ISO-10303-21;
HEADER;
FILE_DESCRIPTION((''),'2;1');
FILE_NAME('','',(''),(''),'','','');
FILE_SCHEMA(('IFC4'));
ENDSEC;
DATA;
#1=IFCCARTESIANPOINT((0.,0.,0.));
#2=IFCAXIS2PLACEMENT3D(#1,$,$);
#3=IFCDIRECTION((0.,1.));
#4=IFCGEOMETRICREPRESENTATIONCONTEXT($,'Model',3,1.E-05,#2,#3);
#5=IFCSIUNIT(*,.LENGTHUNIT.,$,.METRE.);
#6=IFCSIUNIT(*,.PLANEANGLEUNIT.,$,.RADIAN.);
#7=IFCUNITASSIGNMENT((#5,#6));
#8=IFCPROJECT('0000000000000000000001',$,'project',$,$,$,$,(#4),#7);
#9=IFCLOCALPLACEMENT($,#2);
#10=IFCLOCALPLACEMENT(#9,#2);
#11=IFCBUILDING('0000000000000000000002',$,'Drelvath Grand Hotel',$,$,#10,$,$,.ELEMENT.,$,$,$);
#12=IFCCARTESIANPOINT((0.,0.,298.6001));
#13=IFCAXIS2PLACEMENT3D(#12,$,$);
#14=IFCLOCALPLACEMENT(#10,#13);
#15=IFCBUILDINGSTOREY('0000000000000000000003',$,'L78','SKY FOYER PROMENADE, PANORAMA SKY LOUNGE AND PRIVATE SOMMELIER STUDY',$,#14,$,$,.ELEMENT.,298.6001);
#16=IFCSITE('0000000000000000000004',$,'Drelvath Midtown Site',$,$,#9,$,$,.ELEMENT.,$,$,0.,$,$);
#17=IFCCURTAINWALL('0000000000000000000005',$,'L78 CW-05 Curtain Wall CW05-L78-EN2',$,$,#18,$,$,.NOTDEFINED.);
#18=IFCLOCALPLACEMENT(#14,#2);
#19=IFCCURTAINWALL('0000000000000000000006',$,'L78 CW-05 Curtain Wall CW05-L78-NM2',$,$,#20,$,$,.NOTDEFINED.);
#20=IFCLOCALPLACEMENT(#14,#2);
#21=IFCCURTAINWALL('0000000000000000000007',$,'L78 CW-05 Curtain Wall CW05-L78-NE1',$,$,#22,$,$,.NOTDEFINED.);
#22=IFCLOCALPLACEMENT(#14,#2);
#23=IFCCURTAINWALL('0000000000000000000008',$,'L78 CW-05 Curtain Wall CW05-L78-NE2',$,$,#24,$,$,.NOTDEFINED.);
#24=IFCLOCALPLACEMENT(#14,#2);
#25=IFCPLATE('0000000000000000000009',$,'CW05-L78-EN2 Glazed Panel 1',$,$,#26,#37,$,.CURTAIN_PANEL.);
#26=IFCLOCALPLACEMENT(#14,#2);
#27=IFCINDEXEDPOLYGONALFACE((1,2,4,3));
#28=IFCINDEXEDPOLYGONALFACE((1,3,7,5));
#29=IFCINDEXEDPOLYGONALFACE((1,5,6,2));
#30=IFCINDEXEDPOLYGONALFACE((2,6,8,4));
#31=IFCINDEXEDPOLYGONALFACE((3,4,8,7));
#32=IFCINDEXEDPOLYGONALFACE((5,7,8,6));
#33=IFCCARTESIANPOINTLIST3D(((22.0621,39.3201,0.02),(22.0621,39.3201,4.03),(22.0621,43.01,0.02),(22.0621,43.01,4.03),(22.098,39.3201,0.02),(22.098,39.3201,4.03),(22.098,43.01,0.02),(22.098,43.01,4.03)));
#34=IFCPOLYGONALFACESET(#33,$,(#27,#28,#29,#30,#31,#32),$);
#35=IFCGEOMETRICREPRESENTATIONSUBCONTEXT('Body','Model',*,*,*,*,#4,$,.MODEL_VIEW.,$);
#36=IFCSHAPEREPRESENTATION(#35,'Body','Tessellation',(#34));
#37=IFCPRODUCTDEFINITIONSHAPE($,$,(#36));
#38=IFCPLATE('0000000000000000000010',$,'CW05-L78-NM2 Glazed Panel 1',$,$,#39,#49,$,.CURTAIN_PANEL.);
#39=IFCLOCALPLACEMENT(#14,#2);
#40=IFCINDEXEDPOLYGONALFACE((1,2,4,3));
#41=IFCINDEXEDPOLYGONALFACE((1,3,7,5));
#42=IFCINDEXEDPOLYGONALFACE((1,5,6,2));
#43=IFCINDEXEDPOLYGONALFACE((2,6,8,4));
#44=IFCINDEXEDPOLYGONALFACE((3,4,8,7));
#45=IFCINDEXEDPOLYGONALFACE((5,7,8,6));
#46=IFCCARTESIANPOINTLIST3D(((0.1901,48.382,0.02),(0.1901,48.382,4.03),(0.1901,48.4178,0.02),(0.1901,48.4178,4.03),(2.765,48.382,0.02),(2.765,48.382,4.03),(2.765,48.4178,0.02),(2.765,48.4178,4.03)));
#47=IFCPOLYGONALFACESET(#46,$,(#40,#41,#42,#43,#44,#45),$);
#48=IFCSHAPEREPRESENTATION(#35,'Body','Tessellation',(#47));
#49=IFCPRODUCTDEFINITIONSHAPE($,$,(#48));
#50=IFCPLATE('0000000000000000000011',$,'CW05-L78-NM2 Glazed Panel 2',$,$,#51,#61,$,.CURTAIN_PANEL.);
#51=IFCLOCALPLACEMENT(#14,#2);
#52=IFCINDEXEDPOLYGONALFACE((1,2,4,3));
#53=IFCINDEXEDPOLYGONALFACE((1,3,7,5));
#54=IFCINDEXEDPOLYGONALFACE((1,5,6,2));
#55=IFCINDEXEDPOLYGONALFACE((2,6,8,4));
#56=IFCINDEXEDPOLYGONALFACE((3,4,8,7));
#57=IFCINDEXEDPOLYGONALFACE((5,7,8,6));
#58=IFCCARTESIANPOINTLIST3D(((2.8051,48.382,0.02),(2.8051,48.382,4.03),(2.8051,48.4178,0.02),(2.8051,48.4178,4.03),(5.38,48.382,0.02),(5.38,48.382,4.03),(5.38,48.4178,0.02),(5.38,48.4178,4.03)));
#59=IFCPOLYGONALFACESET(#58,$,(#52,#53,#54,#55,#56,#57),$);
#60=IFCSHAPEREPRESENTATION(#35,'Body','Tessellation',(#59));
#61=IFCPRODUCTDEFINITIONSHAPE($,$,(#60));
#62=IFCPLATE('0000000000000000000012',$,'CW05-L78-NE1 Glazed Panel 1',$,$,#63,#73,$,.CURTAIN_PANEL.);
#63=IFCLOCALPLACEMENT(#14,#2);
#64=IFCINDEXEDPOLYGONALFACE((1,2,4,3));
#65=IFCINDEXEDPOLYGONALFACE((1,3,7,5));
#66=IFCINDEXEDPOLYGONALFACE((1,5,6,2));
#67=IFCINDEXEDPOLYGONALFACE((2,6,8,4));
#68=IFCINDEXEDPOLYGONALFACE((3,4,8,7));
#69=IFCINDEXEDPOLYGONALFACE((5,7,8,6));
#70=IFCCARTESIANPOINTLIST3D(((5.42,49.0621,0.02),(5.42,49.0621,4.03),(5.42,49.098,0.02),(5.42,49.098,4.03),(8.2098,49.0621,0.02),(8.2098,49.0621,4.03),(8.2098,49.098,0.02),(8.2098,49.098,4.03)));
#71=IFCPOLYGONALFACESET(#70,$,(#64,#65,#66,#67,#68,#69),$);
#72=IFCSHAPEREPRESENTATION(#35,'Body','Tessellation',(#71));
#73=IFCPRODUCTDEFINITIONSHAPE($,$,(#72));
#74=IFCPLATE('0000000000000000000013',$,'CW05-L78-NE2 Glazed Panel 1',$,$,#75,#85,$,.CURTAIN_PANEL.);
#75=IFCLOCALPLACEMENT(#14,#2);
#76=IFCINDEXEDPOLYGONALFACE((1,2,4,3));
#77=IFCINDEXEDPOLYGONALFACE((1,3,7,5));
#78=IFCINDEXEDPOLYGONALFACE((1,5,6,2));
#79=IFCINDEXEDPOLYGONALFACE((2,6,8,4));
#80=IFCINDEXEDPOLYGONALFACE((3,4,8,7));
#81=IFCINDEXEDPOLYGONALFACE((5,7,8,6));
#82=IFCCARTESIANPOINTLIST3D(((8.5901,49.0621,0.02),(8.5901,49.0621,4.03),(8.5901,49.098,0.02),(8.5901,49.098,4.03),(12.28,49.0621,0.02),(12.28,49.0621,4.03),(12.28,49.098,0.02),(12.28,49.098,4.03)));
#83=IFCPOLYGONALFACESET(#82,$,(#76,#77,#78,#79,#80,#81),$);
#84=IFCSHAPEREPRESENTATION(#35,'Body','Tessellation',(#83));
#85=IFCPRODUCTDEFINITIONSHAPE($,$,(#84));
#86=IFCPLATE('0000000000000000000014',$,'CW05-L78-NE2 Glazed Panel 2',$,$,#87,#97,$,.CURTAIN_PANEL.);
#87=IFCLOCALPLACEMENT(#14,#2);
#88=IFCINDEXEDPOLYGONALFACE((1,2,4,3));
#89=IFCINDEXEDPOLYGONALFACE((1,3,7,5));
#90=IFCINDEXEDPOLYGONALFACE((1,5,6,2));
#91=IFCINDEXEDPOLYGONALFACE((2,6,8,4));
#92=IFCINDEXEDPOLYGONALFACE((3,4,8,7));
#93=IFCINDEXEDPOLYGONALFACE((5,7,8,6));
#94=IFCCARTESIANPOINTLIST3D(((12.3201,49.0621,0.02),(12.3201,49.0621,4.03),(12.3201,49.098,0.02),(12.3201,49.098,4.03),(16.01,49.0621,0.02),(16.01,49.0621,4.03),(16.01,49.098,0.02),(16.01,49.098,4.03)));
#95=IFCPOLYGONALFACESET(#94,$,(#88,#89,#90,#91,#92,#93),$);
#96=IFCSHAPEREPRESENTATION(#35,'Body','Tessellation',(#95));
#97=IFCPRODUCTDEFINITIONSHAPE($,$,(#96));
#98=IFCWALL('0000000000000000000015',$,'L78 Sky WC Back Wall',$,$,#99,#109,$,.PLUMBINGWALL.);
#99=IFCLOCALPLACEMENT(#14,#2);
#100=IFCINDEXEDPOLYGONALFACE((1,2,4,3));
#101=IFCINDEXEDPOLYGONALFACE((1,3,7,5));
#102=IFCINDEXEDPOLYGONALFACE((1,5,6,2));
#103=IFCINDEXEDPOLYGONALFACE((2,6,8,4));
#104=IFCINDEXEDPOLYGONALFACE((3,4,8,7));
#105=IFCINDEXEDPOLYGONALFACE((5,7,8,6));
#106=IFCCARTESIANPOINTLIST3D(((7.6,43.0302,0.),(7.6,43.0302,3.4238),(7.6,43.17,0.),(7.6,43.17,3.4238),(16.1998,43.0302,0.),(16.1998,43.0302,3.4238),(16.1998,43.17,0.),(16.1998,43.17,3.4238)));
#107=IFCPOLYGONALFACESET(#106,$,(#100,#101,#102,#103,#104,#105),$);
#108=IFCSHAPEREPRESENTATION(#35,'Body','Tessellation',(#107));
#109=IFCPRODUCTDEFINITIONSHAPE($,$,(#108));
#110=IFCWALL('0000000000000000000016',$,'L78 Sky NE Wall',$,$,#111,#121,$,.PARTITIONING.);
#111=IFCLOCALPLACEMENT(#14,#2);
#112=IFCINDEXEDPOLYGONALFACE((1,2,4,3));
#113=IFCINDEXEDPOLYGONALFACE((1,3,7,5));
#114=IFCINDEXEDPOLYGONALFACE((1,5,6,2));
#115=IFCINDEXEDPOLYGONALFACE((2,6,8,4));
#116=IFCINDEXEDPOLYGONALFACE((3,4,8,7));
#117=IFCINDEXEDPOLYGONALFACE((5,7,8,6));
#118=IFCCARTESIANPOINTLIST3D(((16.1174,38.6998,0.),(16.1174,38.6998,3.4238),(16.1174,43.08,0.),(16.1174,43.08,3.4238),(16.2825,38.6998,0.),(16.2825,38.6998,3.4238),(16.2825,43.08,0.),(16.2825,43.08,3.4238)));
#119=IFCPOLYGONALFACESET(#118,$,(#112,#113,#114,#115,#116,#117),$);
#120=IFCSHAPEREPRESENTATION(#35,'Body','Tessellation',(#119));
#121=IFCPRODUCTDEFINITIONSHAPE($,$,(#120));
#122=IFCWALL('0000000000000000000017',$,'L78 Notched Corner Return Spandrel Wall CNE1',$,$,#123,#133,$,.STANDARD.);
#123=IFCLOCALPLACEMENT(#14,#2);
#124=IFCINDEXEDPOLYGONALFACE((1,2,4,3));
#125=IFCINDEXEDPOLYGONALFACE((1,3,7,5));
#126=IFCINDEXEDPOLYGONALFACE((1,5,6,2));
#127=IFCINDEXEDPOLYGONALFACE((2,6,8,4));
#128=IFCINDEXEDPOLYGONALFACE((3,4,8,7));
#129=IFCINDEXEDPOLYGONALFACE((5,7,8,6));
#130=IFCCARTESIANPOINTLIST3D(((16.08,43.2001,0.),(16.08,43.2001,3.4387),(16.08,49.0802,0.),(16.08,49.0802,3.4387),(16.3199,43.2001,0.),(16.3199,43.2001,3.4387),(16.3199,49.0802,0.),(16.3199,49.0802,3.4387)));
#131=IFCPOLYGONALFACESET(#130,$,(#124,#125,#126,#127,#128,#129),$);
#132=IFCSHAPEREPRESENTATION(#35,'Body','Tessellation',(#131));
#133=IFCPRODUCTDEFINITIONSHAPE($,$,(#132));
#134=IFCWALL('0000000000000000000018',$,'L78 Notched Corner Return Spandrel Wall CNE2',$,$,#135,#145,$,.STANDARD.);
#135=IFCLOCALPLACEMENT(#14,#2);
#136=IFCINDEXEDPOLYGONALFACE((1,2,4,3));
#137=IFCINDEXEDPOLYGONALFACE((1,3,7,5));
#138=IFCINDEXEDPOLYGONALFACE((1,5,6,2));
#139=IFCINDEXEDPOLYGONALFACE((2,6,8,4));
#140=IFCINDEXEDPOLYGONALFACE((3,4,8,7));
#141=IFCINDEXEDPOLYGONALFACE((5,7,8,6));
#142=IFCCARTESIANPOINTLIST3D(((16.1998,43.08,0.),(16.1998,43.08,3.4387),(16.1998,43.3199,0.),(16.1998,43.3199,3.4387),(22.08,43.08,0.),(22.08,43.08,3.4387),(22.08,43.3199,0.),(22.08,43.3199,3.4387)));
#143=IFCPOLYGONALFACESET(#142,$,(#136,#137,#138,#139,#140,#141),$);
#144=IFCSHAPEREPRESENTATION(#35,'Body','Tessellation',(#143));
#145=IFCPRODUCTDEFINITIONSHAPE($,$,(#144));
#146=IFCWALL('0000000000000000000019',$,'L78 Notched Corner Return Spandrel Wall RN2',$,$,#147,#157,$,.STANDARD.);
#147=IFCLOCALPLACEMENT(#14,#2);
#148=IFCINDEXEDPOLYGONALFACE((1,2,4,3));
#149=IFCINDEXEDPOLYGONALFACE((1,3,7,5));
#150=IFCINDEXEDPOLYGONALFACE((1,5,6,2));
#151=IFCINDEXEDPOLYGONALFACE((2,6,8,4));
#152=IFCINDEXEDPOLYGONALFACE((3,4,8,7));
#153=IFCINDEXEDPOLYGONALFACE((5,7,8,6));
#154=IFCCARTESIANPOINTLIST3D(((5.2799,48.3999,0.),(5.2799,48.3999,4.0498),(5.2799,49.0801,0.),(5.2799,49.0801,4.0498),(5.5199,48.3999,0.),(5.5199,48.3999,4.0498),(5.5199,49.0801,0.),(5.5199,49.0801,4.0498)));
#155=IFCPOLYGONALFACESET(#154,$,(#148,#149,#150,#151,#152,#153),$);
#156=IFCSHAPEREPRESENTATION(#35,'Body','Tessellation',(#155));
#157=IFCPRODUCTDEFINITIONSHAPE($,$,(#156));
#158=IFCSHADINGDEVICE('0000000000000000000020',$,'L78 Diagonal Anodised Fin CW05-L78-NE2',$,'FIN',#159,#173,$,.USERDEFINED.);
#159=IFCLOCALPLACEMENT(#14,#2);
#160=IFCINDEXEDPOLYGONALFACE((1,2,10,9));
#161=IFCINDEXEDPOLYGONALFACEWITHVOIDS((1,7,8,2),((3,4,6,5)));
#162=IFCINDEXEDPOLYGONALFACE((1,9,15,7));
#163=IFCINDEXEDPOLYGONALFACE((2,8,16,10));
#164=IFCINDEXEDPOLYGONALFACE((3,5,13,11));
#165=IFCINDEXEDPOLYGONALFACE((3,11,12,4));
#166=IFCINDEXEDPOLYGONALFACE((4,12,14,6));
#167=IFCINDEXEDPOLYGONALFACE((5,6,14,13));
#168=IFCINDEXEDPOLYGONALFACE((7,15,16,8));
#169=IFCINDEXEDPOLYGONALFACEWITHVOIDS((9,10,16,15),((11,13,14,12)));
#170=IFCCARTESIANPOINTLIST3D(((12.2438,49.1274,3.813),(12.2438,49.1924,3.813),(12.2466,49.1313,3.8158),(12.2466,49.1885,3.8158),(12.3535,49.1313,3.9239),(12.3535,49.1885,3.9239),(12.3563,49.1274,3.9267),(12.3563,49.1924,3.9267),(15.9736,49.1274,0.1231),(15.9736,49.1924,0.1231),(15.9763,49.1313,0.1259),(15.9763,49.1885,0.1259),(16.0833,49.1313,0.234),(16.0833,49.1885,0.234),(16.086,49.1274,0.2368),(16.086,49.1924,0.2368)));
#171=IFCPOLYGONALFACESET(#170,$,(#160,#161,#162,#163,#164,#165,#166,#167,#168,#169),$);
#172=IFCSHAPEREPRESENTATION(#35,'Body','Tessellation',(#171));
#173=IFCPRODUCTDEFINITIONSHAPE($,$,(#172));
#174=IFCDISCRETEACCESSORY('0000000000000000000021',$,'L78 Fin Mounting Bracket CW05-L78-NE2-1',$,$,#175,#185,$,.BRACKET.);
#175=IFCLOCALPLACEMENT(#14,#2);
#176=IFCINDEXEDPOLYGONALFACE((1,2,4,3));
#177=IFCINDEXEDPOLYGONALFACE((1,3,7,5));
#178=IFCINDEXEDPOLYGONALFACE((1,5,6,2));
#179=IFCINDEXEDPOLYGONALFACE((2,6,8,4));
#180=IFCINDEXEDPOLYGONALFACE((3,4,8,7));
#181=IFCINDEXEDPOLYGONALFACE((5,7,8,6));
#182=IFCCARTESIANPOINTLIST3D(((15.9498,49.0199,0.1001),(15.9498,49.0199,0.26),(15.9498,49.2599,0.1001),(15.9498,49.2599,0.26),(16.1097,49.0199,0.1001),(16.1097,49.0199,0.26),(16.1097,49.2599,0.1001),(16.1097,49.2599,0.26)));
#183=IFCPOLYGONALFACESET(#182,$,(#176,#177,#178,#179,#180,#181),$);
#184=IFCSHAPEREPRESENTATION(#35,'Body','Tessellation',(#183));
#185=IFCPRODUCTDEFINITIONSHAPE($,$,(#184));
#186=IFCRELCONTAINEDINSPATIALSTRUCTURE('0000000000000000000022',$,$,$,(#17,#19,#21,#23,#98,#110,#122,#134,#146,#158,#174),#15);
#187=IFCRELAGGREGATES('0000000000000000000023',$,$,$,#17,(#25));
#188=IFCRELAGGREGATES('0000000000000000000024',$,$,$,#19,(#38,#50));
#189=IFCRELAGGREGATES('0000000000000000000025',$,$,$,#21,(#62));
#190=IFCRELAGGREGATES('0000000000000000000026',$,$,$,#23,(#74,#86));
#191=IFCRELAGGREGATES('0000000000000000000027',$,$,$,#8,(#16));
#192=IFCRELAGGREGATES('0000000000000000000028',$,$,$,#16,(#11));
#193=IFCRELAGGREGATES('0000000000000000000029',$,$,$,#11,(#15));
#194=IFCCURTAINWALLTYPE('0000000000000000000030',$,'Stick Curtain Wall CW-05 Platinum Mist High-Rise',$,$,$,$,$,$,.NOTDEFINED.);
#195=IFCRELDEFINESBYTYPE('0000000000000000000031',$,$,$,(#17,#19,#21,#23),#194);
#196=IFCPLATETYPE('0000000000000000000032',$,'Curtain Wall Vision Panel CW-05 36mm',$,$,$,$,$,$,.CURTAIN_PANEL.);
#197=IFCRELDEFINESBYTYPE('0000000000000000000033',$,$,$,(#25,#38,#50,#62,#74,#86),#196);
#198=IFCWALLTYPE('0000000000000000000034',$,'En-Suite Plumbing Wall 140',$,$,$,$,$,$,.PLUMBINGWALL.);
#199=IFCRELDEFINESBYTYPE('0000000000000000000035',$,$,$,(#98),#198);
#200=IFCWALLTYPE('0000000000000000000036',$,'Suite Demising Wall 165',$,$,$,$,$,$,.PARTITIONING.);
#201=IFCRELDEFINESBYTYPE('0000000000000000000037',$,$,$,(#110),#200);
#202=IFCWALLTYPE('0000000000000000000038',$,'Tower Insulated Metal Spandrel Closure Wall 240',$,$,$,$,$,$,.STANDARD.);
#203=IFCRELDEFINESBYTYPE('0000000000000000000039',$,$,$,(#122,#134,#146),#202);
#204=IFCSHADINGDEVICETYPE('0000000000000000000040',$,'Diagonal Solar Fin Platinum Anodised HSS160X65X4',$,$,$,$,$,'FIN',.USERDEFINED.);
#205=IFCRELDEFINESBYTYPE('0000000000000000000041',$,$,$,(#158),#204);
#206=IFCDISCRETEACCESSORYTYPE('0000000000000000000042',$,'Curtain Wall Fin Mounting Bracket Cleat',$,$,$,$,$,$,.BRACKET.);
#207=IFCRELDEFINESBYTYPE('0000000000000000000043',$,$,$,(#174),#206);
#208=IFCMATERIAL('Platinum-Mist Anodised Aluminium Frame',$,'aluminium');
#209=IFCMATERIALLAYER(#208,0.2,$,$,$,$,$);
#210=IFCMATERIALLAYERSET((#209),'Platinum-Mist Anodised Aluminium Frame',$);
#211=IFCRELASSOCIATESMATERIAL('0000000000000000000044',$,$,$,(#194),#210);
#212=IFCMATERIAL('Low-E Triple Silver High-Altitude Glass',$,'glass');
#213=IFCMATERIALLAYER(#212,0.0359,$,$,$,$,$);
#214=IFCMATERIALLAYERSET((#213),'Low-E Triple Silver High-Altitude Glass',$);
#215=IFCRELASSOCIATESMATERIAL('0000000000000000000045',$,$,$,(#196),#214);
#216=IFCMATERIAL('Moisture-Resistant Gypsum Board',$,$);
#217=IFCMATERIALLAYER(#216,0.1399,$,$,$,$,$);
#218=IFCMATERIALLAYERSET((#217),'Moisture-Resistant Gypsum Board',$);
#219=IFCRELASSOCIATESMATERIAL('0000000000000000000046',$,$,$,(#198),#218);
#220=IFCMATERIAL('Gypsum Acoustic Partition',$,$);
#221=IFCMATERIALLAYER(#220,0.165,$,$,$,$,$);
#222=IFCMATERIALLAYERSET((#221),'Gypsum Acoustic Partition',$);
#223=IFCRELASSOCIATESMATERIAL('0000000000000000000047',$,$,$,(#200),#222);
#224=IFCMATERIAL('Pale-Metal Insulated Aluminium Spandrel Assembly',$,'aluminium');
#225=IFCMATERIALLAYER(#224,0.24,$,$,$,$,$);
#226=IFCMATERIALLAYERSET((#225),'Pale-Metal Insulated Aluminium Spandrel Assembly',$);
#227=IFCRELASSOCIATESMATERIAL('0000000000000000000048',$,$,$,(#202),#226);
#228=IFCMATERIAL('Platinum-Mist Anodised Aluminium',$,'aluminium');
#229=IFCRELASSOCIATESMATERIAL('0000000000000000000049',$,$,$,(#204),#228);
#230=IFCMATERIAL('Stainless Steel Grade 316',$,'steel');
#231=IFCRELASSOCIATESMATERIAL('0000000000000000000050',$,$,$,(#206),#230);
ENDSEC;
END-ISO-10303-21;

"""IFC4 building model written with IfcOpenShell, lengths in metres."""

from ifc_helpers import new_model, si_unit, direction, frame, frame_2d, origin, origin_2d, place, context, subcontext, project, spatial, rectangle, hollow_rectangle, extrude, material, layer, layer_set, material_profile, profile_set, type_object, element, aggregate, save


model = new_model("IFC4")

# Units and contexts
model_context = context("Model", 3, precision=1e-05, world=origin(), true_north=direction((0.0, 1.0)))
body_context = subcontext(model_context, "Body", "Model", "MODEL_VIEW")
ifc_project = project(units=[si_unit("LENGTHUNIT", "METRE"), si_unit("PLANEANGLEUNIT", "RADIAN")], contexts=[model_context])

# Site, building, storey
site_placement = place(None, origin())
site = spatial("IfcSite", under=ifc_project, at=site_placement, Name="Drelvath Midtown Site", CompositionType="ELEMENT", RefElevation=0.0)
building_placement = place(site_placement, origin())
building = spatial("IfcBuilding", under=site, at=building_placement, Name="Drelvath Grand Hotel", CompositionType="ELEMENT")
storey_placement = place(building_placement, frame((0.0, 0.0, 298.6001)))
storey = spatial("IfcBuildingStorey", under=building, at=storey_placement, Name="L78", Description="SKY FOYER PROMENADE, PANORAMA SKY LOUNGE AND PRIVATE SOMMELIER STUDY", CompositionType="ELEMENT", Elevation=298.6001)

# Curtain walls
ifc_material_1 = material(Name="Platinum-Mist Anodised Aluminium Frame", Category="aluminium")
ifc_layer_1 = layer(ifc_material_1, 0.2)
ifc_layer_set_1 = layer_set([ifc_layer_1], Name="Platinum-Mist Anodised Aluminium Frame")
curtain_wall_type = type_object("IfcCurtainWallType", Name="Stick Curtain Wall CW-05 Platinum Mist High-Rise", PredefinedType="NOTDEFINED", material=ifc_layer_set_1)
curtain_wall_1_placement = place(storey_placement, origin())
curtain_wall_1 = element("IfcCurtainWall", 1, at=curtain_wall_1_placement, inside=storey, type_object=curtain_wall_type, Name="L78 CW-05 Curtain Wall CW05-L78-EN2", PredefinedType="NOTDEFINED")
curtain_wall_2_placement = place(storey_placement, origin())
curtain_wall_2 = element("IfcCurtainWall", 2, at=curtain_wall_2_placement, inside=storey, type_object=curtain_wall_type, Name="L78 CW-05 Curtain Wall CW05-L78-NM2", PredefinedType="NOTDEFINED")
curtain_wall_3_placement = place(storey_placement, origin())
curtain_wall_3 = element("IfcCurtainWall", 3, at=curtain_wall_3_placement, inside=storey, type_object=curtain_wall_type, Name="L78 CW-05 Curtain Wall CW05-L78-NE1", PredefinedType="NOTDEFINED")
curtain_wall_4_placement = place(storey_placement, origin())
curtain_wall_4 = element("IfcCurtainWall", 4, at=curtain_wall_4_placement, inside=storey, type_object=curtain_wall_type, Name="L78 CW-05 Curtain Wall CW05-L78-NE2", PredefinedType="NOTDEFINED")

# Plates
ifc_material_2 = material(Name="Low-E Triple Silver High-Altitude Glass", Category="glass")
ifc_layer_2 = layer(ifc_material_2, 0.0359)
ifc_layer_set_2 = layer_set([ifc_layer_2], Name="Low-E Triple Silver High-Altitude Glass")
plate_type = type_object("IfcPlateType", Name="Curtain Wall Vision Panel CW-05 36mm", PredefinedType="CURTAIN_PANEL", material=ifc_layer_set_2)
plate_1_placement = place(storey_placement, frame((22.0801, 41.165, 0.02), z_axis=(0.0, 0.0, 1.0), x_axis=(0.0, -1.0, 0.0)))
plate_1 = element("IfcPlate", 5, at=plate_1_placement, type_object=plate_type, Name="CW05-L78-EN2 Glazed Panel 1", PredefinedType="CURTAIN_PANEL", context=body_context, shape_type="SweptSolid", body=[
    extrude(rectangle(XDim=3.6899, YDim=0.0359, at=origin_2d()), origin(), (0.0, 0.0, 1.0), 4.01),
])
aggregate(curtain_wall_1, [plate_1])
plate_2_placement = place(storey_placement, frame((1.4775, 48.3999, 0.02), z_axis=(0.0, 0.0, 1.0), x_axis=(1.0, 0.0, 0.0)))
plate_2 = element("IfcPlate", 6, at=plate_2_placement, type_object=plate_type, Name="CW05-L78-NM2 Glazed Panel 1", PredefinedType="CURTAIN_PANEL", context=body_context, shape_type="SweptSolid", body=[
    extrude(rectangle(XDim=2.575, YDim=0.0359, at=origin_2d()), origin(), (0.0, 0.0, 1.0), 4.01),
])
plate_3_placement = place(storey_placement, frame((4.0925, 48.3999, 0.02), z_axis=(0.0, 0.0, 1.0), x_axis=(1.0, 0.0, 0.0)))
plate_3 = element("IfcPlate", 7, at=plate_3_placement, type_object=plate_type, Name="CW05-L78-NM2 Glazed Panel 2", PredefinedType="CURTAIN_PANEL", context=body_context, shape_type="SweptSolid", body=[
    extrude(rectangle(XDim=2.575, YDim=0.0359, at=origin_2d()), origin(), (0.0, 0.0, 1.0), 4.01),
])
aggregate(curtain_wall_2, [plate_2, plate_3])
plate_4_placement = place(storey_placement, frame((6.8149, 49.0801, 0.02), z_axis=(0.0, 0.0, 1.0), x_axis=(1.0, 0.0, 0.0)))
plate_4 = element("IfcPlate", 8, at=plate_4_placement, type_object=plate_type, Name="CW05-L78-NE1 Glazed Panel 1", PredefinedType="CURTAIN_PANEL", context=body_context, shape_type="SweptSolid", body=[
    extrude(rectangle(XDim=2.7898, YDim=0.0359, at=origin_2d()), origin(), (0.0, 0.0, 1.0), 4.01),
])
aggregate(curtain_wall_3, [plate_4])
plate_5_placement = place(storey_placement, frame((10.4351, 49.0801, 0.02), z_axis=(0.0, 0.0, 1.0), x_axis=(1.0, 0.0, 0.0)))
plate_5 = element("IfcPlate", 9, at=plate_5_placement, type_object=plate_type, Name="CW05-L78-NE2 Glazed Panel 1", PredefinedType="CURTAIN_PANEL", context=body_context, shape_type="SweptSolid", body=[
    extrude(rectangle(XDim=3.6899, YDim=0.0359, at=origin_2d()), origin(), (0.0, 0.0, 1.0), 4.01),
])
plate_6_placement = place(storey_placement, frame((14.165, 49.0801, 0.02), z_axis=(0.0, 0.0, 1.0), x_axis=(1.0, 0.0, 0.0)))
plate_6 = element("IfcPlate", 10, at=plate_6_placement, type_object=plate_type, Name="CW05-L78-NE2 Glazed Panel 2", PredefinedType="CURTAIN_PANEL", context=body_context, shape_type="SweptSolid", body=[
    extrude(rectangle(XDim=3.6899, YDim=0.0359, at=origin_2d()), origin(), (0.0, 0.0, 1.0), 4.01),
])
aggregate(curtain_wall_4, [plate_5, plate_6])

# Walls
ifc_material_3 = material(Name="Moisture-Resistant Gypsum Board")
ifc_layer_3 = layer(ifc_material_3, 0.1399)
ifc_layer_set_3 = layer_set([ifc_layer_3], Name="Moisture-Resistant Gypsum Board")
wall_type_1 = type_object("IfcWallType", Name="En-Suite Plumbing Wall 140", PredefinedType="PLUMBINGWALL", material=ifc_layer_set_3)
wall_1_placement = place(storey_placement, frame((7.6001, 43.1001, 0.0), z_axis=(0.0, 0.0, 1.0), x_axis=(1.0, 0.0, 0.0)))
element("IfcWall", 11, at=wall_1_placement, inside=storey, type_object=wall_type_1, Name="L78 Sky WC Back Wall", PredefinedType="PLUMBINGWALL", context=body_context, shape_type="SweptSolid", body=[
    extrude(rectangle(XDim=8.5999, YDim=0.1399, at=frame_2d((4.2998, 0.0))), origin(), (0.0, 0.0, 1.0), 3.4238),
])
ifc_material_4 = material(Name="Gypsum Acoustic Partition")
ifc_layer_4 = layer(ifc_material_4, 0.165)
ifc_layer_set_4 = layer_set([ifc_layer_4], Name="Gypsum Acoustic Partition")
wall_type_2 = type_object("IfcWallType", Name="Suite Demising Wall 165", PredefinedType="PARTITIONING", material=ifc_layer_set_4)
wall_2_placement = place(storey_placement, frame((16.2, 38.7, 0.0), z_axis=(0.0, 0.0, 1.0), x_axis=(0.0, 1.0, 0.0)))
element("IfcWall", 12, at=wall_2_placement, inside=storey, type_object=wall_type_2, Name="L78 Sky NE Wall", PredefinedType="PARTITIONING", context=body_context, shape_type="SweptSolid", body=[
    extrude(rectangle(XDim=4.3801, YDim=0.165, at=frame_2d((2.1899, 0.0))), origin(), (0.0, 0.0, 1.0), 3.4238),
])
ifc_material_5 = material(Name="Pale-Metal Insulated Aluminium Spandrel Assembly", Category="aluminium")
ifc_layer_5 = layer(ifc_material_5, 0.24)
ifc_layer_set_5 = layer_set([ifc_layer_5], Name="Pale-Metal Insulated Aluminium Spandrel Assembly")
wall_type_3 = type_object("IfcWallType", Name="Tower Insulated Metal Spandrel Closure Wall 240", PredefinedType="STANDARD", material=ifc_layer_set_5)
for number, where, z_axis, x_axis, name in (
    (13, (16.2, 49.0801, 0.0), (0.0, 0.0, 1.0), (0.0, -1.0, 0.0), "L78 Notched Corner Return Spandrel Wall CNE1"),
    (14, (16.2, 43.2, 0.0), (0.0, 0.0, 1.0), (1.0, 0.0, 0.0), "L78 Notched Corner Return Spandrel Wall CNE2"),
):
    element("IfcWall", number, at=place(storey_placement, frame(where, z_axis=z_axis, x_axis=x_axis)), inside=storey, type_object=wall_type_3, Name=name, PredefinedType="STANDARD", context=body_context, shape_type="SweptSolid", body=[
        extrude(rectangle(XDim=5.8801, YDim=0.24, at=frame_2d((2.9399, 0.0))), origin(), (0.0, 0.0, 1.0), 3.4387),
    ])
wall_3_placement = place(storey_placement, frame((5.3999, 48.3999, 0.0), z_axis=(0.0, 0.0, 1.0), x_axis=(0.0, 1.0, 0.0)))
element("IfcWall", 15, at=wall_3_placement, inside=storey, type_object=wall_type_3, Name="L78 Notched Corner Return Spandrel Wall RN2", PredefinedType="STANDARD", context=body_context, shape_type="SweptSolid", body=[
    extrude(rectangle(XDim=0.6802, YDim=0.24, at=frame_2d((0.3401, 0.0))), origin(), (0.0, 0.0, 1.0), 4.0498),
])

# Shading device
ifc_material_6 = material(Name="Platinum-Mist Anodised Aluminium", Category="aluminium")
ifc_material_profile_1 = material_profile(ifc_material_6, hollow_rectangle(XDim=0.0649, YDim=0.1599, WallThickness=0.0039, at=origin_2d()), Name="HSS160X65X4")
ifc_profile_set_1 = profile_set([ifc_material_profile_1], Name="Platinum-Mist Anodised Aluminium")
shading_device_type = type_object("IfcShadingDeviceType", Name="Diagonal Solar Fin Platinum Anodised HSS160X65X4", ElementType="FIN", PredefinedType="USERDEFINED", material=ifc_profile_set_1)
shading_device_placement = place(storey_placement, frame((16.0298, 49.1599, 0.1799), z_axis=(-0.710889, 0.0, 0.703304), x_axis=(0.0, -1.0, 0.0)))
element("IfcShadingDevice", 16, at=shading_device_placement, inside=storey, type_object=shading_device_type, Name="L78 Diagonal Anodised Fin CW05-L78-NE2", ObjectType="FIN", PredefinedType="USERDEFINED", context=body_context, shape_type="SweptSolid", body=[
    extrude(hollow_rectangle(XDim=0.0649, YDim=0.1599, WallThickness=0.0039, at=origin_2d()), origin(), (0.0, 0.0, 1.0), 5.2466),
])

# Discrete accessory
ifc_material_7 = material(Name="Stainless Steel Grade 316", Category="steel")
discrete_accessory_type = type_object("IfcDiscreteAccessoryType", Name="Curtain Wall Fin Mounting Bracket Cleat", PredefinedType="BRACKET", material=ifc_material_7)
discrete_accessory_placement = place(storey_placement, frame((16.0298, 49.1399, 0.1001), z_axis=(0.0, 0.0, 1.0), x_axis=(1.0, 0.0, 0.0)))
element("IfcDiscreteAccessory", 17, at=discrete_accessory_placement, inside=storey, type_object=discrete_accessory_type, Name="L78 Fin Mounting Bracket CW05-L78-NE2-1", PredefinedType="BRACKET", context=body_context, shape_type="SweptSolid", body=[
    extrude(rectangle(XDim=0.1599, YDim=0.24, at=origin_2d()), origin(), (0.0, 0.0, 1.0), 0.1599),
])

save(model, "model.ifc")
